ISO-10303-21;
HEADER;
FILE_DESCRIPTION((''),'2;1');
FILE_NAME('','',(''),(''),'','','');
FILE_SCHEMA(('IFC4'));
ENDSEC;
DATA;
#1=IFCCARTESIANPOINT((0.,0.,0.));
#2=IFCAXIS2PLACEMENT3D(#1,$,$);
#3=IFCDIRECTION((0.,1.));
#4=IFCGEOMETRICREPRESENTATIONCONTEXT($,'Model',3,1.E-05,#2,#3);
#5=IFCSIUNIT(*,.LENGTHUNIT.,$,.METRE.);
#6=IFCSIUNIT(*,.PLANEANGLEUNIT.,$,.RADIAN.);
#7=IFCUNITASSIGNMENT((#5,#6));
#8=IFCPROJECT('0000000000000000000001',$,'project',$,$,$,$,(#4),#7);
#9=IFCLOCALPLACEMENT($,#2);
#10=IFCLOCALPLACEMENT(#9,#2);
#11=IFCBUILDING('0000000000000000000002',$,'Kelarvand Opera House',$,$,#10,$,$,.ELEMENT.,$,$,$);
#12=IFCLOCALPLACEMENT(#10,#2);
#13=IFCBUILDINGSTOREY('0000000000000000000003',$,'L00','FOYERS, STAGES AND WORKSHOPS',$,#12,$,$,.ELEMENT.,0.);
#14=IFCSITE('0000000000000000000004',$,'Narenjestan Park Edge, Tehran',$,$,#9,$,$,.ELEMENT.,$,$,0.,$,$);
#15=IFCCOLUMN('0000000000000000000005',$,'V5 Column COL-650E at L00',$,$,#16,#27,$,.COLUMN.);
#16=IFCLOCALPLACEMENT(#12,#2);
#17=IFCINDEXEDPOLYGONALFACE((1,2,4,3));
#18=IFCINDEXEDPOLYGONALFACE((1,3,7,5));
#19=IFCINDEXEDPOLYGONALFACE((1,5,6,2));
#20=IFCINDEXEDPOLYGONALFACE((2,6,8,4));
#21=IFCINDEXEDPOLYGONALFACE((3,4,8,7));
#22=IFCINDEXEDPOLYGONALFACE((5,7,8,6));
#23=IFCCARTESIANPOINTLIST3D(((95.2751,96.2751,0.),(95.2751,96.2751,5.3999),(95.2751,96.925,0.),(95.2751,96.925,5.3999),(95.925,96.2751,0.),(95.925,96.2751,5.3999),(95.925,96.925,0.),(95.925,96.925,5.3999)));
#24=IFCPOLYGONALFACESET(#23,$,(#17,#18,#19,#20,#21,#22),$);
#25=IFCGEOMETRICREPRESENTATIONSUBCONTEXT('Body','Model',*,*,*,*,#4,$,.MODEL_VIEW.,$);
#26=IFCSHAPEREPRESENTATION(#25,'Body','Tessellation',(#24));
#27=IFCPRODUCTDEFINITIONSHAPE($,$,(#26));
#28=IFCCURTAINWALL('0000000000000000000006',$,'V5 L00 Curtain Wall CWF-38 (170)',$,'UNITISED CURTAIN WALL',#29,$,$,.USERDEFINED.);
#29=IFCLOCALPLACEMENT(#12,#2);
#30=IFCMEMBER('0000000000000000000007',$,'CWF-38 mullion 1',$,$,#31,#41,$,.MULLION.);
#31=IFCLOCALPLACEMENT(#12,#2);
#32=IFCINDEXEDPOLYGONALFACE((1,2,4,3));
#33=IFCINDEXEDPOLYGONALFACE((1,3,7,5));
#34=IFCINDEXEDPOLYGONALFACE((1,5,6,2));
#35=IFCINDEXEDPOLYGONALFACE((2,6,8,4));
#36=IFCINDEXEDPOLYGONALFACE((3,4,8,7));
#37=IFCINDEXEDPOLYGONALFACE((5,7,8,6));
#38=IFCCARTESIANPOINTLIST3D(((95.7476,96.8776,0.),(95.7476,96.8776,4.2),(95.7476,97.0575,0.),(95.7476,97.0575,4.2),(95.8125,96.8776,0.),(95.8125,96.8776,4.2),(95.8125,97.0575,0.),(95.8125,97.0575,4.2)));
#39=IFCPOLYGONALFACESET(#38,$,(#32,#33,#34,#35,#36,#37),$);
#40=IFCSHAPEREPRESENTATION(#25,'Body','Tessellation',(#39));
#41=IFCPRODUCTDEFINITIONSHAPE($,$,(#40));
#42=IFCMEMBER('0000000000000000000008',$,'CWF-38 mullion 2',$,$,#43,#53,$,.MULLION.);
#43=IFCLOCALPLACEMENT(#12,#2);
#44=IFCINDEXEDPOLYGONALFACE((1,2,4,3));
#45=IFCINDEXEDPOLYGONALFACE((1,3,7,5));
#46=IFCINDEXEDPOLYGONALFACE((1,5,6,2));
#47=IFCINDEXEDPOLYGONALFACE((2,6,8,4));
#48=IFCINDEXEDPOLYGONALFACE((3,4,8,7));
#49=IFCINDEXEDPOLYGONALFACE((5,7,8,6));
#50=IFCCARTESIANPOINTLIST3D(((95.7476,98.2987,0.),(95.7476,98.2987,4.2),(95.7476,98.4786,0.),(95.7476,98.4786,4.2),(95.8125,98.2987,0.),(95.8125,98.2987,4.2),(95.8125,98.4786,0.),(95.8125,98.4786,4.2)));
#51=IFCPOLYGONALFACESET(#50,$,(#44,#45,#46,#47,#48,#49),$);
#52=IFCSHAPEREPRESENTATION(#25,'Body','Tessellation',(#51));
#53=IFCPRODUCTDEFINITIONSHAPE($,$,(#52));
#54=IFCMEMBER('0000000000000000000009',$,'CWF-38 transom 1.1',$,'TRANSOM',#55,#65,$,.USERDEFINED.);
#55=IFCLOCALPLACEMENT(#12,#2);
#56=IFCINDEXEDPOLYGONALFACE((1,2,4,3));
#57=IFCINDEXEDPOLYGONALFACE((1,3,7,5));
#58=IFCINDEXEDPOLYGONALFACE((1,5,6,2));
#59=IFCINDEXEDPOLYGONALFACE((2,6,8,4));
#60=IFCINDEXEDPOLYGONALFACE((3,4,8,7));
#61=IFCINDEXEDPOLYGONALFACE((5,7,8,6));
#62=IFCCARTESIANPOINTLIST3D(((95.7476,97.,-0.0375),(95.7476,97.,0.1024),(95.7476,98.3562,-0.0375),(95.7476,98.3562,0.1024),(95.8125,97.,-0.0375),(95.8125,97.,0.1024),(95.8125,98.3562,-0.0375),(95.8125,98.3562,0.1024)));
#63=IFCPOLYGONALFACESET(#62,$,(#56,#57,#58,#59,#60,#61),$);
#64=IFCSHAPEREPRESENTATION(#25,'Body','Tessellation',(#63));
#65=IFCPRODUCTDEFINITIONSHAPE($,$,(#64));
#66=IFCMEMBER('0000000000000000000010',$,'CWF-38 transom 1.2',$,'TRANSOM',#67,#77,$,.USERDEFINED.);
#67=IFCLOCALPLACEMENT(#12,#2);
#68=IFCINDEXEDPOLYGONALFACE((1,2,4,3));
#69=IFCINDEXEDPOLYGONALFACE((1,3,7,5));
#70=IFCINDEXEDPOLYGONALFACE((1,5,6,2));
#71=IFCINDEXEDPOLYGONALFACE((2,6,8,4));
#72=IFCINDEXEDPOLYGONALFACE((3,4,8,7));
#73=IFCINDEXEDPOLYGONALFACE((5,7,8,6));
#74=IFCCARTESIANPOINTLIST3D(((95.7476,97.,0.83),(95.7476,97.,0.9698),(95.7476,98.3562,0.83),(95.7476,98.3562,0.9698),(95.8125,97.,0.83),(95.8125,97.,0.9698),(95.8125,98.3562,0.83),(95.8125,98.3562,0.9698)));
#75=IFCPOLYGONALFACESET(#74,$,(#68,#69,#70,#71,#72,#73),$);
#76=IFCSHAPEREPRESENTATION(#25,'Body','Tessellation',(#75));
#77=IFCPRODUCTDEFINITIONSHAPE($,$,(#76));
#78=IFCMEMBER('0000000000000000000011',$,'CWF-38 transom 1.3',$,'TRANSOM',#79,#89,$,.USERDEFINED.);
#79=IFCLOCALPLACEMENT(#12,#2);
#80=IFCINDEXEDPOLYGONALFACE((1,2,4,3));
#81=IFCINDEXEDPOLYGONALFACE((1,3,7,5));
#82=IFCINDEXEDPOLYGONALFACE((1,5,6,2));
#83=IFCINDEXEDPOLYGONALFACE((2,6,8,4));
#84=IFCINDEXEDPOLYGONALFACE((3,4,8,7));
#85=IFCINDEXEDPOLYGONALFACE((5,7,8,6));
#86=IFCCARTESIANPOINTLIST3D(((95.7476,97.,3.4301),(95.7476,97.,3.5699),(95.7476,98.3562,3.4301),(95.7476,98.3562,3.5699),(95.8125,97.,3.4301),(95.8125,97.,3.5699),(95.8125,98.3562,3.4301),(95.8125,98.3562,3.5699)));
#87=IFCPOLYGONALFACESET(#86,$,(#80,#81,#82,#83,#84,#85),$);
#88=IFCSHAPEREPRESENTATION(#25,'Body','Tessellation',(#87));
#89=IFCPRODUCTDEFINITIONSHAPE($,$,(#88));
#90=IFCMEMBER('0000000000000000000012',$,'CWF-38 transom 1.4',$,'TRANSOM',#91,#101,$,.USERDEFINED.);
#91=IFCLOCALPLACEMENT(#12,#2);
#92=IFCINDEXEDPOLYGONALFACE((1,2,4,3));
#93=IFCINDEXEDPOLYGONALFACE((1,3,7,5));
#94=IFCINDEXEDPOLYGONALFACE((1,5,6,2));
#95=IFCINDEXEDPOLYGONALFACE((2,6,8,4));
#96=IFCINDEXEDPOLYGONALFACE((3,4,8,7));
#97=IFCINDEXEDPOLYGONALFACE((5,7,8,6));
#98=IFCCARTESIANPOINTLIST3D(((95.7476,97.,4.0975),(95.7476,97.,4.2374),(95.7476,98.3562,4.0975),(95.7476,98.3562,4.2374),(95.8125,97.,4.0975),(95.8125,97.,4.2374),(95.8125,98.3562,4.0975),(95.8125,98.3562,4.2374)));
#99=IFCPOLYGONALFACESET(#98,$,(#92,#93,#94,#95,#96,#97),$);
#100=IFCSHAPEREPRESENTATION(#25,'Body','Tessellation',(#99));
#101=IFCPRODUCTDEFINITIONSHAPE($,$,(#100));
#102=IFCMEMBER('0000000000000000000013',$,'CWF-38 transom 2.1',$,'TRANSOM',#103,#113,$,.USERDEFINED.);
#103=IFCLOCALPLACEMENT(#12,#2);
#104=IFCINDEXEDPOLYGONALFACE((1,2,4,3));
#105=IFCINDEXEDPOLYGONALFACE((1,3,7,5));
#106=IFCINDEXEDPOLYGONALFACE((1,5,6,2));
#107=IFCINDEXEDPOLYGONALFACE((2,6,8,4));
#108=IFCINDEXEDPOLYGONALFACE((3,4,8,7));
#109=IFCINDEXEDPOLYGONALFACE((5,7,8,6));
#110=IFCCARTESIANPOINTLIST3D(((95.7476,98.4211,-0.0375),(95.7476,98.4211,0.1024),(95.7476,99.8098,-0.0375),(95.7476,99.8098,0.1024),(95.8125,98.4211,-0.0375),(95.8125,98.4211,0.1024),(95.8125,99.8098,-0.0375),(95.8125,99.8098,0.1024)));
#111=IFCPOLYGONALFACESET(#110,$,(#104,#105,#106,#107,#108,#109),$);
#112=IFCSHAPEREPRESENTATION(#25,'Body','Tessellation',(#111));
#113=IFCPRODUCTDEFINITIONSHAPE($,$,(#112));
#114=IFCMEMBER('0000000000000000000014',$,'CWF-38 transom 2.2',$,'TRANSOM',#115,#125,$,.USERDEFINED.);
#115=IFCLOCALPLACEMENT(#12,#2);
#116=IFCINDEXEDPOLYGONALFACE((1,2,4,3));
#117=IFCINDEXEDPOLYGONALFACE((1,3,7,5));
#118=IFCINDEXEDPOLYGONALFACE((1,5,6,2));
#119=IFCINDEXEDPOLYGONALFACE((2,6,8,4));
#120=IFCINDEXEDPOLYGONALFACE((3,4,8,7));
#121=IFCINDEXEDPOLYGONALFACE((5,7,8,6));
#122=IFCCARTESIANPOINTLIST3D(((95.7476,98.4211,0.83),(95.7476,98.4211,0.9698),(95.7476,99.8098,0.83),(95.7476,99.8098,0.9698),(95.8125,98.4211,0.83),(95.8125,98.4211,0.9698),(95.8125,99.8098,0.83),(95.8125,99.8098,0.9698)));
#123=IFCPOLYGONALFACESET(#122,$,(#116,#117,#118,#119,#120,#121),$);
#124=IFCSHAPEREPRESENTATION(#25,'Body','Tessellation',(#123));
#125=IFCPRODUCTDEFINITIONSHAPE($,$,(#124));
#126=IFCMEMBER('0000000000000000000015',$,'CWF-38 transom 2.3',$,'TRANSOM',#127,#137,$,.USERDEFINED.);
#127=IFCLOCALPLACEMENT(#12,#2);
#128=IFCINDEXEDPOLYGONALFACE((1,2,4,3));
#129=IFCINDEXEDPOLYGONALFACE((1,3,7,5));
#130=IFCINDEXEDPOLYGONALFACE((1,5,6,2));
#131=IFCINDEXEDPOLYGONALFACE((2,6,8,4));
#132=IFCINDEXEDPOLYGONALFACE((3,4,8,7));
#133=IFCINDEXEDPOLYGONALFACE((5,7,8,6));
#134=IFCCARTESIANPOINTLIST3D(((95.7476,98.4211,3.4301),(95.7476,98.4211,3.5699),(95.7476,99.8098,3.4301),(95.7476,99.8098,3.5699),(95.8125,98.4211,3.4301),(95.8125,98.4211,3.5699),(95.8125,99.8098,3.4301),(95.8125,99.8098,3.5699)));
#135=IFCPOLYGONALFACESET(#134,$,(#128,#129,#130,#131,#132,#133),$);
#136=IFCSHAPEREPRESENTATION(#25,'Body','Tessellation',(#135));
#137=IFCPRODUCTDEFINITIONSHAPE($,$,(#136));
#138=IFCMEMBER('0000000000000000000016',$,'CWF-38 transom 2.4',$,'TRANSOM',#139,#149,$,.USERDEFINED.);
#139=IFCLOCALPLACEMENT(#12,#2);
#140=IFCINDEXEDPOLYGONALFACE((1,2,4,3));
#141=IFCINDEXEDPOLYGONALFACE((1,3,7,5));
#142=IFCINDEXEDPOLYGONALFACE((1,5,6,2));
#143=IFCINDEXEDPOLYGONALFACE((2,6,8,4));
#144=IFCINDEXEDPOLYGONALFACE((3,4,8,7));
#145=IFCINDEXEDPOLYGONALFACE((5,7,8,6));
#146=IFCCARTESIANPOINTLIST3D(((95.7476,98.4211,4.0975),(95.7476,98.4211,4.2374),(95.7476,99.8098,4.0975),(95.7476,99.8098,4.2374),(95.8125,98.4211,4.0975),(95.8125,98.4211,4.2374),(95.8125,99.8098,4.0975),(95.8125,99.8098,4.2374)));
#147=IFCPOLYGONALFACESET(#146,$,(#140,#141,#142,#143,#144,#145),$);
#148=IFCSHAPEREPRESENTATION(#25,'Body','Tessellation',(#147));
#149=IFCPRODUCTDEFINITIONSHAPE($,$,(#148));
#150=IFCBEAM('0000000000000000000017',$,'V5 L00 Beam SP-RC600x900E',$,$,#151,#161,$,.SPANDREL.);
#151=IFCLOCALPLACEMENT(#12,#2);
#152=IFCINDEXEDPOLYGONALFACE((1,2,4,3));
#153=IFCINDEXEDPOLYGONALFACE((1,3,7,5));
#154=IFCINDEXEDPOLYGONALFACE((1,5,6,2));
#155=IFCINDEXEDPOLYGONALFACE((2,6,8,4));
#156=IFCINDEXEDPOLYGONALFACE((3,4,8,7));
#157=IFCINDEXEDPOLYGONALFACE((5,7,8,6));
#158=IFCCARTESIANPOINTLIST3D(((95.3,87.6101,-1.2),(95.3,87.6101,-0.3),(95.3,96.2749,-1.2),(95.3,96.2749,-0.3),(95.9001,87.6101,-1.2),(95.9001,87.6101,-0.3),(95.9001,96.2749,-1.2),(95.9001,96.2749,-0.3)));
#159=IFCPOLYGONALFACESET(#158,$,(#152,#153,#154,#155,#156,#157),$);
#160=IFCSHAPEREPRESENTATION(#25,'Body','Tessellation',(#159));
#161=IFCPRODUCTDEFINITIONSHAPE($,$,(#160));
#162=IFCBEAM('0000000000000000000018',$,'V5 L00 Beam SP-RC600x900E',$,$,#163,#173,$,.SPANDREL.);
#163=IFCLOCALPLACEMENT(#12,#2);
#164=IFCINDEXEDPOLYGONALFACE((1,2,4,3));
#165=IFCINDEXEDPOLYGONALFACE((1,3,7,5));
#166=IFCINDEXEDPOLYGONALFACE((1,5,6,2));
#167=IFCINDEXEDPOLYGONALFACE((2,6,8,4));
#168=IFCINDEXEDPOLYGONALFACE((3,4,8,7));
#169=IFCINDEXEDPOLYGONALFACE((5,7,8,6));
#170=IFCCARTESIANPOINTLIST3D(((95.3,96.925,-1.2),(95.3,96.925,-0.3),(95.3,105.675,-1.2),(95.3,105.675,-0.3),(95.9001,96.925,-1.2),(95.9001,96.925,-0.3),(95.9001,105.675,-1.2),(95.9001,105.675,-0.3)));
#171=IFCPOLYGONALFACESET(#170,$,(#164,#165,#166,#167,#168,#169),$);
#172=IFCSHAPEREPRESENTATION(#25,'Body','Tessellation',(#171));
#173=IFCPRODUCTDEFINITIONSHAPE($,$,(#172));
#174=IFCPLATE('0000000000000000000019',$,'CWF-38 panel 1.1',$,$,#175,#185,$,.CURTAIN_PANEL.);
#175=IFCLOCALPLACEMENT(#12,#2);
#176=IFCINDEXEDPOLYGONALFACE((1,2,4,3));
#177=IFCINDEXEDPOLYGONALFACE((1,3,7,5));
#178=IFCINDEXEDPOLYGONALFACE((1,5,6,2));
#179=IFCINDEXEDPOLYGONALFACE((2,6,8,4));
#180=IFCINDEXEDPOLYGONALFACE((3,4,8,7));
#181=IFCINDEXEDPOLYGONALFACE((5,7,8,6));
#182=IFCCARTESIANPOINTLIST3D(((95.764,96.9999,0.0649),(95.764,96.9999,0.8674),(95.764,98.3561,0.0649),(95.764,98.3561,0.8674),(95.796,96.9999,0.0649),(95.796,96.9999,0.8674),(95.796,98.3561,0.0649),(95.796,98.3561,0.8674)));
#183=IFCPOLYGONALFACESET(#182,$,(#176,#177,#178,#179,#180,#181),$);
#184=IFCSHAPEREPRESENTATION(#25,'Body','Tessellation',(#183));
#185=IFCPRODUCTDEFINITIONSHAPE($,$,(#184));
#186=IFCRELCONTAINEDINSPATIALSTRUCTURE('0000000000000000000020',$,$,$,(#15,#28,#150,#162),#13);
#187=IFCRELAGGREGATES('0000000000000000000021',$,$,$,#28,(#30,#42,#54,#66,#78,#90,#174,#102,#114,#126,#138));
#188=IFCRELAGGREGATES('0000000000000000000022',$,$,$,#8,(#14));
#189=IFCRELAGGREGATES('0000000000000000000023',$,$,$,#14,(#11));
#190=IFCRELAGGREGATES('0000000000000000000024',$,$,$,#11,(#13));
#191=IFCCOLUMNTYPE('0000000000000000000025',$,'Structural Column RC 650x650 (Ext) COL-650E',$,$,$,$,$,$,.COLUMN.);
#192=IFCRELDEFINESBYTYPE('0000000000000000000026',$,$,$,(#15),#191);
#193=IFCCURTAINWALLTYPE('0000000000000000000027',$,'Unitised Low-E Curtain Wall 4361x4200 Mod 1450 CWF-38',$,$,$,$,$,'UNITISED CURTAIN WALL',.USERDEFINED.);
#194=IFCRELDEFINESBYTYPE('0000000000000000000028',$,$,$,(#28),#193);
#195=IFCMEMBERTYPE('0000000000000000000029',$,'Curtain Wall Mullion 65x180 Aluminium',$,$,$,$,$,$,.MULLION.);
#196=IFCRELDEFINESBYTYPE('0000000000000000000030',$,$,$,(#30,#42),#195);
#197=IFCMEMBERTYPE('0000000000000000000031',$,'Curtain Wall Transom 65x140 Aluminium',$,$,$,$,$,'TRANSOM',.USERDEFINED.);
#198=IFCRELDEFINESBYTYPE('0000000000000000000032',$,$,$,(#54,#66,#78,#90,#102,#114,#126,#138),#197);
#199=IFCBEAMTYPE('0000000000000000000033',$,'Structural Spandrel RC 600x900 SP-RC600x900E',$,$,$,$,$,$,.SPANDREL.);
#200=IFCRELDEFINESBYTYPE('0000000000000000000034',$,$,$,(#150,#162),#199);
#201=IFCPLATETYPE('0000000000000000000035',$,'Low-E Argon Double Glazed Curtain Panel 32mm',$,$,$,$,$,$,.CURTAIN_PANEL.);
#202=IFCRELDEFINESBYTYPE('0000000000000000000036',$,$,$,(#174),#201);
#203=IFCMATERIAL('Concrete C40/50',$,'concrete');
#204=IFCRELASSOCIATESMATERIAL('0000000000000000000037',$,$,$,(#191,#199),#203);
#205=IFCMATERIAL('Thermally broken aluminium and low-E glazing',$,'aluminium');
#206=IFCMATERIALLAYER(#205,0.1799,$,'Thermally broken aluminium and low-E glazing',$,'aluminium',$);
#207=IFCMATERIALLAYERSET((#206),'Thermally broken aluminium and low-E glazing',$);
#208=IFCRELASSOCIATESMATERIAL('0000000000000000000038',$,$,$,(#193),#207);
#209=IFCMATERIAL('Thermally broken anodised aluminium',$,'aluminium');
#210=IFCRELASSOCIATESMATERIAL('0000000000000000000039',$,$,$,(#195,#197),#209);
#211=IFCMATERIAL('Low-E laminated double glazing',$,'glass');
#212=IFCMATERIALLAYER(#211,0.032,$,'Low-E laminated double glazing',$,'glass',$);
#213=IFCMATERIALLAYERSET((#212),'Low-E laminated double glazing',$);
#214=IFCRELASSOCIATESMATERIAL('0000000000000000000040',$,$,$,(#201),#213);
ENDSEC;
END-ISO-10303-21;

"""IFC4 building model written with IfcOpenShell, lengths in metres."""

from ifc_helpers import new_model, si_unit, direction, frame, origin, origin_2d, place, context, subcontext, project, spatial, rectangle, extrude, material, layer, layer_set, material_profile, profile_set, type_object, element, aggregate, save


model = new_model("IFC4")

# Units and contexts
model_context = context("Model", 3, precision=1e-05, world=origin(), true_north=direction((0.0, 1.0)))
body_context = subcontext(model_context, "Body", "Model", "MODEL_VIEW")
ifc_project = project(units=[si_unit("LENGTHUNIT", "METRE"), si_unit("PLANEANGLEUNIT", "RADIAN")], contexts=[model_context])

# Site, building, storey
site_placement = place(None, origin())
site = spatial("IfcSite", under=ifc_project, at=site_placement, Name="Narenjestan Park Edge, Tehran", CompositionType="ELEMENT", RefElevation=0.0)
building_placement = place(site_placement, origin())
building = spatial("IfcBuilding", under=site, at=building_placement, Name="Kelarvand Opera House", CompositionType="ELEMENT")
storey_placement = place(building_placement, origin())
storey = spatial("IfcBuildingStorey", under=building, at=storey_placement, Name="L00", Description="FOYERS, STAGES AND WORKSHOPS", CompositionType="ELEMENT", Elevation=0.0)

# Column
ifc_material_1 = material(Name="Concrete C40/50", Category="concrete")
ifc_material_profile_1 = material_profile(ifc_material_1, rectangle(XDim=0.6499, YDim=0.6499, at=origin_2d()), Name="RC 650x650", Category="concrete")
ifc_profile_set_1 = profile_set([ifc_material_profile_1], Name="Concrete C40/50")
column_type = type_object("IfcColumnType", Name="Structural Column RC 650x650 (Ext) COL-650E", PredefinedType="COLUMN", material=ifc_profile_set_1)
column_placement = place(storey_placement, frame((95.6001, 96.6001, 0.0), z_axis=(0.0, 0.0, 1.0), x_axis=(1.0, 0.0, 0.0)))
element("IfcColumn", 1, at=column_placement, inside=storey, type_object=column_type, Name="V5 Column COL-650E at L00", PredefinedType="COLUMN", context=body_context, shape_type="SweptSolid", body=[
    extrude(rectangle(XDim=0.6499, YDim=0.6499, at=origin_2d()), origin(), (0.0, 0.0, 1.0), 5.3999),
])

# Curtain wall, members
ifc_material_2 = material(Name="Thermally broken aluminium and low-E glazing", Category="aluminium")
ifc_layer_1 = layer(ifc_material_2, 0.1799, Name="Thermally broken aluminium and low-E glazing", Category="aluminium")
ifc_layer_set_1 = layer_set([ifc_layer_1], Name="Thermally broken aluminium and low-E glazing")
curtain_wall_type = type_object("IfcCurtainWallType", Name="Unitised Low-E Curtain Wall 4361x4200 Mod 1450 CWF-38", ElementType="UNITISED CURTAIN WALL", PredefinedType="USERDEFINED", material=ifc_layer_set_1)
curtain_wall_placement = place(storey_placement, origin())
curtain_wall = element("IfcCurtainWall", 2, at=curtain_wall_placement, inside=storey, type_object=curtain_wall_type, Name="V5 L00 Curtain Wall CWF-38 (170)", ObjectType="UNITISED CURTAIN WALL", PredefinedType="USERDEFINED")
ifc_material_3 = material(Name="Thermally broken anodised aluminium", Category="aluminium")
ifc_material_profile_2 = material_profile(ifc_material_3, rectangle(XDim=0.0649, YDim=0.1799, at=origin_2d()), Name="ALU MULLION 65x180", Category="aluminium")
ifc_profile_set_2 = profile_set([ifc_material_profile_2], Name="Thermally broken anodised aluminium")
member_type_1 = type_object("IfcMemberType", Name="Curtain Wall Mullion 65x180 Aluminium", PredefinedType="MULLION", material=ifc_profile_set_2)
member_1_placement = place(storey_placement, frame((95.78, 96.9675, 0.0), z_axis=(0.0, 0.0, 1.0), x_axis=(-1.0, 0.0, 0.0)))
member_1 = element("IfcMember", 3, at=member_1_placement, type_object=member_type_1, Name="CWF-38 mullion 1", PredefinedType="MULLION", context=body_context, shape_type="SweptSolid", body=[
    extrude(rectangle(XDim=0.0649, YDim=0.1799, at=origin_2d()), origin(), (0.0, 0.0, 1.0), 4.2),
])
member_2_placement = place(storey_placement, frame((95.78, 98.3887, 0.0), z_axis=(0.0, 0.0, 1.0), x_axis=(-1.0, 0.0, 0.0)))
member_2 = element("IfcMember", 4, at=member_2_placement, type_object=member_type_1, Name="CWF-38 mullion 2", PredefinedType="MULLION", context=body_context, shape_type="SweptSolid", body=[
    extrude(rectangle(XDim=0.0649, YDim=0.1799, at=origin_2d()), origin(), (0.0, 0.0, 1.0), 4.2),
])
ifc_material_profile_3 = material_profile(ifc_material_3, rectangle(XDim=0.0649, YDim=0.1399, at=origin_2d()), Name="ALU TRANSOM 65x140", Category="aluminium")
ifc_profile_set_3 = profile_set([ifc_material_profile_3], Name="Thermally broken anodised aluminium")
member_type_2 = type_object("IfcMemberType", Name="Curtain Wall Transom 65x140 Aluminium", ElementType="TRANSOM", PredefinedType="USERDEFINED", material=ifc_profile_set_3)
member_3_placement = place(storey_placement, frame((95.78, 97.0, 0.0325), z_axis=(0.0, 1.0, 0.0), x_axis=(-1.0, 0.0, 0.0)))
member_3 = element("IfcMember", 5, at=member_3_placement, type_object=member_type_2, Name="CWF-38 transom 1.1", ObjectType="TRANSOM", PredefinedType="USERDEFINED", context=body_context, shape_type="SweptSolid", body=[
    extrude(rectangle(XDim=0.0649, YDim=0.1399, at=origin_2d()), origin(), (0.0, 0.0, 1.0), 1.3562),
])
member_4_placement = place(storey_placement, frame((95.78, 97.0, 0.8999), z_axis=(0.0, 1.0, 0.0), x_axis=(-1.0, 0.0, 0.0)))
member_4 = element("IfcMember", 6, at=member_4_placement, type_object=member_type_2, Name="CWF-38 transom 1.2", ObjectType="TRANSOM", PredefinedType="USERDEFINED", context=body_context, shape_type="SweptSolid", body=[
    extrude(rectangle(XDim=0.0649, YDim=0.1399, at=origin_2d()), origin(), (0.0, 0.0, 1.0), 1.3562),
])
member_5_placement = place(storey_placement, frame((95.78, 97.0, 3.5), z_axis=(0.0, 1.0, 0.0), x_axis=(-1.0, 0.0, 0.0)))
member_5 = element("IfcMember", 7, at=member_5_placement, type_object=member_type_2, Name="CWF-38 transom 1.3", ObjectType="TRANSOM", PredefinedType="USERDEFINED", context=body_context, shape_type="SweptSolid", body=[
    extrude(rectangle(XDim=0.0649, YDim=0.1399, at=origin_2d()), origin(), (0.0, 0.0, 1.0), 1.3562),
])
member_6_placement = place(storey_placement, frame((95.78, 97.0, 4.1675), z_axis=(0.0, 1.0, 0.0), x_axis=(-1.0, 0.0, 0.0)))
member_6 = element("IfcMember", 8, at=member_6_placement, type_object=member_type_2, Name="CWF-38 transom 1.4", ObjectType="TRANSOM", PredefinedType="USERDEFINED", context=body_context, shape_type="SweptSolid", body=[
    extrude(rectangle(XDim=0.0649, YDim=0.1399, at=origin_2d()), origin(), (0.0, 0.0, 1.0), 1.3562),
])
member_7_placement = place(storey_placement, frame((95.78, 98.4211, 0.0325), z_axis=(0.0, 1.0, 0.0), x_axis=(-1.0, 0.0, 0.0)))
member_7 = element("IfcMember", 9, at=member_7_placement, type_object=member_type_2, Name="CWF-38 transom 2.1", ObjectType="TRANSOM", PredefinedType="USERDEFINED", context=body_context, shape_type="SweptSolid", body=[
    extrude(rectangle(XDim=0.0649, YDim=0.1399, at=origin_2d()), origin(), (0.0, 0.0, 1.0), 1.3887),
])
member_8_placement = place(storey_placement, frame((95.78, 98.4211, 0.8999), z_axis=(0.0, 1.0, 0.0), x_axis=(-1.0, 0.0, 0.0)))
member_8 = element("IfcMember", 10, at=member_8_placement, type_object=member_type_2, Name="CWF-38 transom 2.2", ObjectType="TRANSOM", PredefinedType="USERDEFINED", context=body_context, shape_type="SweptSolid", body=[
    extrude(rectangle(XDim=0.0649, YDim=0.1399, at=origin_2d()), origin(), (0.0, 0.0, 1.0), 1.3887),
])
member_9_placement = place(storey_placement, frame((95.78, 98.4211, 3.5), z_axis=(0.0, 1.0, 0.0), x_axis=(-1.0, 0.0, 0.0)))
member_9 = element("IfcMember", 11, at=member_9_placement, type_object=member_type_2, Name="CWF-38 transom 2.3", ObjectType="TRANSOM", PredefinedType="USERDEFINED", context=body_context, shape_type="SweptSolid", body=[
    extrude(rectangle(XDim=0.0649, YDim=0.1399, at=origin_2d()), origin(), (0.0, 0.0, 1.0), 1.3887),
])
member_10_placement = place(storey_placement, frame((95.78, 98.4211, 4.1675), z_axis=(0.0, 1.0, 0.0), x_axis=(-1.0, 0.0, 0.0)))
member_10 = element("IfcMember", 12, at=member_10_placement, type_object=member_type_2, Name="CWF-38 transom 2.4", ObjectType="TRANSOM", PredefinedType="USERDEFINED", context=body_context, shape_type="SweptSolid", body=[
    extrude(rectangle(XDim=0.0649, YDim=0.1399, at=origin_2d()), origin(), (0.0, 0.0, 1.0), 1.3887),
])

# Beams
ifc_material_profile_4 = material_profile(ifc_material_1, rectangle(XDim=0.6001, YDim=0.8999, at=origin_2d()), Name="RC 600x900", Category="concrete")
ifc_profile_set_4 = profile_set([ifc_material_profile_4], Name="Concrete C40/50")
beam_type = type_object("IfcBeamType", Name="Structural Spandrel RC 600x900 SP-RC600x900E", PredefinedType="SPANDREL", material=ifc_profile_set_4)
beam_1_placement = place(storey_placement, frame((95.6001, 87.6101, -0.75), z_axis=(0.0, 1.0, 0.0), x_axis=(-1.0, 0.0, 0.0)))
element("IfcBeam", 13, at=beam_1_placement, inside=storey, type_object=beam_type, Name="V5 L00 Beam SP-RC600x900E", PredefinedType="SPANDREL", context=body_context, shape_type="SweptSolid", body=[
    extrude(rectangle(XDim=0.6001, YDim=0.8999, at=origin_2d()), origin(), (0.0, 0.0, 1.0), 8.6648),
])
beam_2_placement = place(storey_placement, frame((95.6001, 96.925, -0.75), z_axis=(0.0, 1.0, 0.0), x_axis=(-1.0, 0.0, 0.0)))
element("IfcBeam", 14, at=beam_2_placement, inside=storey, type_object=beam_type, Name="V5 L00 Beam SP-RC600x900E", PredefinedType="SPANDREL", context=body_context, shape_type="SweptSolid", body=[
    extrude(rectangle(XDim=0.6001, YDim=0.8999, at=origin_2d()), origin(), (0.0, 0.0, 1.0), 8.75),
])

# Plate
ifc_material_4 = material(Name="Low-E laminated double glazing", Category="glass")
ifc_layer_2 = layer(ifc_material_4, 0.032, Name="Low-E laminated double glazing", Category="glass")
ifc_layer_set_2 = layer_set([ifc_layer_2], Name="Low-E laminated double glazing")
plate_type = type_object("IfcPlateType", Name="Low-E Argon Double Glazed Curtain Panel 32mm", PredefinedType="CURTAIN_PANEL", material=ifc_layer_set_2)
plate_1_placement = place(storey_placement, frame((95.78, 97.678, 0.0649), z_axis=(0.0, 0.0, 1.0), x_axis=(0.0, 1.0, 0.0)))
plate_1 = element("IfcPlate", 15, at=plate_1_placement, type_object=plate_type, Name="CWF-38 panel 1.1", PredefinedType="CURTAIN_PANEL", context=body_context, shape_type="SweptSolid", body=[
    extrude(rectangle(XDim=1.3562, YDim=0.032, at=origin_2d()), origin(), (0.0, 0.0, 1.0), 0.8025),
])
aggregate(curtain_wall, [member_1, member_2, member_3, member_4, member_5, member_6, plate_1, member_7, member_8, member_9, member_10])

save(model, "model.ifc")
